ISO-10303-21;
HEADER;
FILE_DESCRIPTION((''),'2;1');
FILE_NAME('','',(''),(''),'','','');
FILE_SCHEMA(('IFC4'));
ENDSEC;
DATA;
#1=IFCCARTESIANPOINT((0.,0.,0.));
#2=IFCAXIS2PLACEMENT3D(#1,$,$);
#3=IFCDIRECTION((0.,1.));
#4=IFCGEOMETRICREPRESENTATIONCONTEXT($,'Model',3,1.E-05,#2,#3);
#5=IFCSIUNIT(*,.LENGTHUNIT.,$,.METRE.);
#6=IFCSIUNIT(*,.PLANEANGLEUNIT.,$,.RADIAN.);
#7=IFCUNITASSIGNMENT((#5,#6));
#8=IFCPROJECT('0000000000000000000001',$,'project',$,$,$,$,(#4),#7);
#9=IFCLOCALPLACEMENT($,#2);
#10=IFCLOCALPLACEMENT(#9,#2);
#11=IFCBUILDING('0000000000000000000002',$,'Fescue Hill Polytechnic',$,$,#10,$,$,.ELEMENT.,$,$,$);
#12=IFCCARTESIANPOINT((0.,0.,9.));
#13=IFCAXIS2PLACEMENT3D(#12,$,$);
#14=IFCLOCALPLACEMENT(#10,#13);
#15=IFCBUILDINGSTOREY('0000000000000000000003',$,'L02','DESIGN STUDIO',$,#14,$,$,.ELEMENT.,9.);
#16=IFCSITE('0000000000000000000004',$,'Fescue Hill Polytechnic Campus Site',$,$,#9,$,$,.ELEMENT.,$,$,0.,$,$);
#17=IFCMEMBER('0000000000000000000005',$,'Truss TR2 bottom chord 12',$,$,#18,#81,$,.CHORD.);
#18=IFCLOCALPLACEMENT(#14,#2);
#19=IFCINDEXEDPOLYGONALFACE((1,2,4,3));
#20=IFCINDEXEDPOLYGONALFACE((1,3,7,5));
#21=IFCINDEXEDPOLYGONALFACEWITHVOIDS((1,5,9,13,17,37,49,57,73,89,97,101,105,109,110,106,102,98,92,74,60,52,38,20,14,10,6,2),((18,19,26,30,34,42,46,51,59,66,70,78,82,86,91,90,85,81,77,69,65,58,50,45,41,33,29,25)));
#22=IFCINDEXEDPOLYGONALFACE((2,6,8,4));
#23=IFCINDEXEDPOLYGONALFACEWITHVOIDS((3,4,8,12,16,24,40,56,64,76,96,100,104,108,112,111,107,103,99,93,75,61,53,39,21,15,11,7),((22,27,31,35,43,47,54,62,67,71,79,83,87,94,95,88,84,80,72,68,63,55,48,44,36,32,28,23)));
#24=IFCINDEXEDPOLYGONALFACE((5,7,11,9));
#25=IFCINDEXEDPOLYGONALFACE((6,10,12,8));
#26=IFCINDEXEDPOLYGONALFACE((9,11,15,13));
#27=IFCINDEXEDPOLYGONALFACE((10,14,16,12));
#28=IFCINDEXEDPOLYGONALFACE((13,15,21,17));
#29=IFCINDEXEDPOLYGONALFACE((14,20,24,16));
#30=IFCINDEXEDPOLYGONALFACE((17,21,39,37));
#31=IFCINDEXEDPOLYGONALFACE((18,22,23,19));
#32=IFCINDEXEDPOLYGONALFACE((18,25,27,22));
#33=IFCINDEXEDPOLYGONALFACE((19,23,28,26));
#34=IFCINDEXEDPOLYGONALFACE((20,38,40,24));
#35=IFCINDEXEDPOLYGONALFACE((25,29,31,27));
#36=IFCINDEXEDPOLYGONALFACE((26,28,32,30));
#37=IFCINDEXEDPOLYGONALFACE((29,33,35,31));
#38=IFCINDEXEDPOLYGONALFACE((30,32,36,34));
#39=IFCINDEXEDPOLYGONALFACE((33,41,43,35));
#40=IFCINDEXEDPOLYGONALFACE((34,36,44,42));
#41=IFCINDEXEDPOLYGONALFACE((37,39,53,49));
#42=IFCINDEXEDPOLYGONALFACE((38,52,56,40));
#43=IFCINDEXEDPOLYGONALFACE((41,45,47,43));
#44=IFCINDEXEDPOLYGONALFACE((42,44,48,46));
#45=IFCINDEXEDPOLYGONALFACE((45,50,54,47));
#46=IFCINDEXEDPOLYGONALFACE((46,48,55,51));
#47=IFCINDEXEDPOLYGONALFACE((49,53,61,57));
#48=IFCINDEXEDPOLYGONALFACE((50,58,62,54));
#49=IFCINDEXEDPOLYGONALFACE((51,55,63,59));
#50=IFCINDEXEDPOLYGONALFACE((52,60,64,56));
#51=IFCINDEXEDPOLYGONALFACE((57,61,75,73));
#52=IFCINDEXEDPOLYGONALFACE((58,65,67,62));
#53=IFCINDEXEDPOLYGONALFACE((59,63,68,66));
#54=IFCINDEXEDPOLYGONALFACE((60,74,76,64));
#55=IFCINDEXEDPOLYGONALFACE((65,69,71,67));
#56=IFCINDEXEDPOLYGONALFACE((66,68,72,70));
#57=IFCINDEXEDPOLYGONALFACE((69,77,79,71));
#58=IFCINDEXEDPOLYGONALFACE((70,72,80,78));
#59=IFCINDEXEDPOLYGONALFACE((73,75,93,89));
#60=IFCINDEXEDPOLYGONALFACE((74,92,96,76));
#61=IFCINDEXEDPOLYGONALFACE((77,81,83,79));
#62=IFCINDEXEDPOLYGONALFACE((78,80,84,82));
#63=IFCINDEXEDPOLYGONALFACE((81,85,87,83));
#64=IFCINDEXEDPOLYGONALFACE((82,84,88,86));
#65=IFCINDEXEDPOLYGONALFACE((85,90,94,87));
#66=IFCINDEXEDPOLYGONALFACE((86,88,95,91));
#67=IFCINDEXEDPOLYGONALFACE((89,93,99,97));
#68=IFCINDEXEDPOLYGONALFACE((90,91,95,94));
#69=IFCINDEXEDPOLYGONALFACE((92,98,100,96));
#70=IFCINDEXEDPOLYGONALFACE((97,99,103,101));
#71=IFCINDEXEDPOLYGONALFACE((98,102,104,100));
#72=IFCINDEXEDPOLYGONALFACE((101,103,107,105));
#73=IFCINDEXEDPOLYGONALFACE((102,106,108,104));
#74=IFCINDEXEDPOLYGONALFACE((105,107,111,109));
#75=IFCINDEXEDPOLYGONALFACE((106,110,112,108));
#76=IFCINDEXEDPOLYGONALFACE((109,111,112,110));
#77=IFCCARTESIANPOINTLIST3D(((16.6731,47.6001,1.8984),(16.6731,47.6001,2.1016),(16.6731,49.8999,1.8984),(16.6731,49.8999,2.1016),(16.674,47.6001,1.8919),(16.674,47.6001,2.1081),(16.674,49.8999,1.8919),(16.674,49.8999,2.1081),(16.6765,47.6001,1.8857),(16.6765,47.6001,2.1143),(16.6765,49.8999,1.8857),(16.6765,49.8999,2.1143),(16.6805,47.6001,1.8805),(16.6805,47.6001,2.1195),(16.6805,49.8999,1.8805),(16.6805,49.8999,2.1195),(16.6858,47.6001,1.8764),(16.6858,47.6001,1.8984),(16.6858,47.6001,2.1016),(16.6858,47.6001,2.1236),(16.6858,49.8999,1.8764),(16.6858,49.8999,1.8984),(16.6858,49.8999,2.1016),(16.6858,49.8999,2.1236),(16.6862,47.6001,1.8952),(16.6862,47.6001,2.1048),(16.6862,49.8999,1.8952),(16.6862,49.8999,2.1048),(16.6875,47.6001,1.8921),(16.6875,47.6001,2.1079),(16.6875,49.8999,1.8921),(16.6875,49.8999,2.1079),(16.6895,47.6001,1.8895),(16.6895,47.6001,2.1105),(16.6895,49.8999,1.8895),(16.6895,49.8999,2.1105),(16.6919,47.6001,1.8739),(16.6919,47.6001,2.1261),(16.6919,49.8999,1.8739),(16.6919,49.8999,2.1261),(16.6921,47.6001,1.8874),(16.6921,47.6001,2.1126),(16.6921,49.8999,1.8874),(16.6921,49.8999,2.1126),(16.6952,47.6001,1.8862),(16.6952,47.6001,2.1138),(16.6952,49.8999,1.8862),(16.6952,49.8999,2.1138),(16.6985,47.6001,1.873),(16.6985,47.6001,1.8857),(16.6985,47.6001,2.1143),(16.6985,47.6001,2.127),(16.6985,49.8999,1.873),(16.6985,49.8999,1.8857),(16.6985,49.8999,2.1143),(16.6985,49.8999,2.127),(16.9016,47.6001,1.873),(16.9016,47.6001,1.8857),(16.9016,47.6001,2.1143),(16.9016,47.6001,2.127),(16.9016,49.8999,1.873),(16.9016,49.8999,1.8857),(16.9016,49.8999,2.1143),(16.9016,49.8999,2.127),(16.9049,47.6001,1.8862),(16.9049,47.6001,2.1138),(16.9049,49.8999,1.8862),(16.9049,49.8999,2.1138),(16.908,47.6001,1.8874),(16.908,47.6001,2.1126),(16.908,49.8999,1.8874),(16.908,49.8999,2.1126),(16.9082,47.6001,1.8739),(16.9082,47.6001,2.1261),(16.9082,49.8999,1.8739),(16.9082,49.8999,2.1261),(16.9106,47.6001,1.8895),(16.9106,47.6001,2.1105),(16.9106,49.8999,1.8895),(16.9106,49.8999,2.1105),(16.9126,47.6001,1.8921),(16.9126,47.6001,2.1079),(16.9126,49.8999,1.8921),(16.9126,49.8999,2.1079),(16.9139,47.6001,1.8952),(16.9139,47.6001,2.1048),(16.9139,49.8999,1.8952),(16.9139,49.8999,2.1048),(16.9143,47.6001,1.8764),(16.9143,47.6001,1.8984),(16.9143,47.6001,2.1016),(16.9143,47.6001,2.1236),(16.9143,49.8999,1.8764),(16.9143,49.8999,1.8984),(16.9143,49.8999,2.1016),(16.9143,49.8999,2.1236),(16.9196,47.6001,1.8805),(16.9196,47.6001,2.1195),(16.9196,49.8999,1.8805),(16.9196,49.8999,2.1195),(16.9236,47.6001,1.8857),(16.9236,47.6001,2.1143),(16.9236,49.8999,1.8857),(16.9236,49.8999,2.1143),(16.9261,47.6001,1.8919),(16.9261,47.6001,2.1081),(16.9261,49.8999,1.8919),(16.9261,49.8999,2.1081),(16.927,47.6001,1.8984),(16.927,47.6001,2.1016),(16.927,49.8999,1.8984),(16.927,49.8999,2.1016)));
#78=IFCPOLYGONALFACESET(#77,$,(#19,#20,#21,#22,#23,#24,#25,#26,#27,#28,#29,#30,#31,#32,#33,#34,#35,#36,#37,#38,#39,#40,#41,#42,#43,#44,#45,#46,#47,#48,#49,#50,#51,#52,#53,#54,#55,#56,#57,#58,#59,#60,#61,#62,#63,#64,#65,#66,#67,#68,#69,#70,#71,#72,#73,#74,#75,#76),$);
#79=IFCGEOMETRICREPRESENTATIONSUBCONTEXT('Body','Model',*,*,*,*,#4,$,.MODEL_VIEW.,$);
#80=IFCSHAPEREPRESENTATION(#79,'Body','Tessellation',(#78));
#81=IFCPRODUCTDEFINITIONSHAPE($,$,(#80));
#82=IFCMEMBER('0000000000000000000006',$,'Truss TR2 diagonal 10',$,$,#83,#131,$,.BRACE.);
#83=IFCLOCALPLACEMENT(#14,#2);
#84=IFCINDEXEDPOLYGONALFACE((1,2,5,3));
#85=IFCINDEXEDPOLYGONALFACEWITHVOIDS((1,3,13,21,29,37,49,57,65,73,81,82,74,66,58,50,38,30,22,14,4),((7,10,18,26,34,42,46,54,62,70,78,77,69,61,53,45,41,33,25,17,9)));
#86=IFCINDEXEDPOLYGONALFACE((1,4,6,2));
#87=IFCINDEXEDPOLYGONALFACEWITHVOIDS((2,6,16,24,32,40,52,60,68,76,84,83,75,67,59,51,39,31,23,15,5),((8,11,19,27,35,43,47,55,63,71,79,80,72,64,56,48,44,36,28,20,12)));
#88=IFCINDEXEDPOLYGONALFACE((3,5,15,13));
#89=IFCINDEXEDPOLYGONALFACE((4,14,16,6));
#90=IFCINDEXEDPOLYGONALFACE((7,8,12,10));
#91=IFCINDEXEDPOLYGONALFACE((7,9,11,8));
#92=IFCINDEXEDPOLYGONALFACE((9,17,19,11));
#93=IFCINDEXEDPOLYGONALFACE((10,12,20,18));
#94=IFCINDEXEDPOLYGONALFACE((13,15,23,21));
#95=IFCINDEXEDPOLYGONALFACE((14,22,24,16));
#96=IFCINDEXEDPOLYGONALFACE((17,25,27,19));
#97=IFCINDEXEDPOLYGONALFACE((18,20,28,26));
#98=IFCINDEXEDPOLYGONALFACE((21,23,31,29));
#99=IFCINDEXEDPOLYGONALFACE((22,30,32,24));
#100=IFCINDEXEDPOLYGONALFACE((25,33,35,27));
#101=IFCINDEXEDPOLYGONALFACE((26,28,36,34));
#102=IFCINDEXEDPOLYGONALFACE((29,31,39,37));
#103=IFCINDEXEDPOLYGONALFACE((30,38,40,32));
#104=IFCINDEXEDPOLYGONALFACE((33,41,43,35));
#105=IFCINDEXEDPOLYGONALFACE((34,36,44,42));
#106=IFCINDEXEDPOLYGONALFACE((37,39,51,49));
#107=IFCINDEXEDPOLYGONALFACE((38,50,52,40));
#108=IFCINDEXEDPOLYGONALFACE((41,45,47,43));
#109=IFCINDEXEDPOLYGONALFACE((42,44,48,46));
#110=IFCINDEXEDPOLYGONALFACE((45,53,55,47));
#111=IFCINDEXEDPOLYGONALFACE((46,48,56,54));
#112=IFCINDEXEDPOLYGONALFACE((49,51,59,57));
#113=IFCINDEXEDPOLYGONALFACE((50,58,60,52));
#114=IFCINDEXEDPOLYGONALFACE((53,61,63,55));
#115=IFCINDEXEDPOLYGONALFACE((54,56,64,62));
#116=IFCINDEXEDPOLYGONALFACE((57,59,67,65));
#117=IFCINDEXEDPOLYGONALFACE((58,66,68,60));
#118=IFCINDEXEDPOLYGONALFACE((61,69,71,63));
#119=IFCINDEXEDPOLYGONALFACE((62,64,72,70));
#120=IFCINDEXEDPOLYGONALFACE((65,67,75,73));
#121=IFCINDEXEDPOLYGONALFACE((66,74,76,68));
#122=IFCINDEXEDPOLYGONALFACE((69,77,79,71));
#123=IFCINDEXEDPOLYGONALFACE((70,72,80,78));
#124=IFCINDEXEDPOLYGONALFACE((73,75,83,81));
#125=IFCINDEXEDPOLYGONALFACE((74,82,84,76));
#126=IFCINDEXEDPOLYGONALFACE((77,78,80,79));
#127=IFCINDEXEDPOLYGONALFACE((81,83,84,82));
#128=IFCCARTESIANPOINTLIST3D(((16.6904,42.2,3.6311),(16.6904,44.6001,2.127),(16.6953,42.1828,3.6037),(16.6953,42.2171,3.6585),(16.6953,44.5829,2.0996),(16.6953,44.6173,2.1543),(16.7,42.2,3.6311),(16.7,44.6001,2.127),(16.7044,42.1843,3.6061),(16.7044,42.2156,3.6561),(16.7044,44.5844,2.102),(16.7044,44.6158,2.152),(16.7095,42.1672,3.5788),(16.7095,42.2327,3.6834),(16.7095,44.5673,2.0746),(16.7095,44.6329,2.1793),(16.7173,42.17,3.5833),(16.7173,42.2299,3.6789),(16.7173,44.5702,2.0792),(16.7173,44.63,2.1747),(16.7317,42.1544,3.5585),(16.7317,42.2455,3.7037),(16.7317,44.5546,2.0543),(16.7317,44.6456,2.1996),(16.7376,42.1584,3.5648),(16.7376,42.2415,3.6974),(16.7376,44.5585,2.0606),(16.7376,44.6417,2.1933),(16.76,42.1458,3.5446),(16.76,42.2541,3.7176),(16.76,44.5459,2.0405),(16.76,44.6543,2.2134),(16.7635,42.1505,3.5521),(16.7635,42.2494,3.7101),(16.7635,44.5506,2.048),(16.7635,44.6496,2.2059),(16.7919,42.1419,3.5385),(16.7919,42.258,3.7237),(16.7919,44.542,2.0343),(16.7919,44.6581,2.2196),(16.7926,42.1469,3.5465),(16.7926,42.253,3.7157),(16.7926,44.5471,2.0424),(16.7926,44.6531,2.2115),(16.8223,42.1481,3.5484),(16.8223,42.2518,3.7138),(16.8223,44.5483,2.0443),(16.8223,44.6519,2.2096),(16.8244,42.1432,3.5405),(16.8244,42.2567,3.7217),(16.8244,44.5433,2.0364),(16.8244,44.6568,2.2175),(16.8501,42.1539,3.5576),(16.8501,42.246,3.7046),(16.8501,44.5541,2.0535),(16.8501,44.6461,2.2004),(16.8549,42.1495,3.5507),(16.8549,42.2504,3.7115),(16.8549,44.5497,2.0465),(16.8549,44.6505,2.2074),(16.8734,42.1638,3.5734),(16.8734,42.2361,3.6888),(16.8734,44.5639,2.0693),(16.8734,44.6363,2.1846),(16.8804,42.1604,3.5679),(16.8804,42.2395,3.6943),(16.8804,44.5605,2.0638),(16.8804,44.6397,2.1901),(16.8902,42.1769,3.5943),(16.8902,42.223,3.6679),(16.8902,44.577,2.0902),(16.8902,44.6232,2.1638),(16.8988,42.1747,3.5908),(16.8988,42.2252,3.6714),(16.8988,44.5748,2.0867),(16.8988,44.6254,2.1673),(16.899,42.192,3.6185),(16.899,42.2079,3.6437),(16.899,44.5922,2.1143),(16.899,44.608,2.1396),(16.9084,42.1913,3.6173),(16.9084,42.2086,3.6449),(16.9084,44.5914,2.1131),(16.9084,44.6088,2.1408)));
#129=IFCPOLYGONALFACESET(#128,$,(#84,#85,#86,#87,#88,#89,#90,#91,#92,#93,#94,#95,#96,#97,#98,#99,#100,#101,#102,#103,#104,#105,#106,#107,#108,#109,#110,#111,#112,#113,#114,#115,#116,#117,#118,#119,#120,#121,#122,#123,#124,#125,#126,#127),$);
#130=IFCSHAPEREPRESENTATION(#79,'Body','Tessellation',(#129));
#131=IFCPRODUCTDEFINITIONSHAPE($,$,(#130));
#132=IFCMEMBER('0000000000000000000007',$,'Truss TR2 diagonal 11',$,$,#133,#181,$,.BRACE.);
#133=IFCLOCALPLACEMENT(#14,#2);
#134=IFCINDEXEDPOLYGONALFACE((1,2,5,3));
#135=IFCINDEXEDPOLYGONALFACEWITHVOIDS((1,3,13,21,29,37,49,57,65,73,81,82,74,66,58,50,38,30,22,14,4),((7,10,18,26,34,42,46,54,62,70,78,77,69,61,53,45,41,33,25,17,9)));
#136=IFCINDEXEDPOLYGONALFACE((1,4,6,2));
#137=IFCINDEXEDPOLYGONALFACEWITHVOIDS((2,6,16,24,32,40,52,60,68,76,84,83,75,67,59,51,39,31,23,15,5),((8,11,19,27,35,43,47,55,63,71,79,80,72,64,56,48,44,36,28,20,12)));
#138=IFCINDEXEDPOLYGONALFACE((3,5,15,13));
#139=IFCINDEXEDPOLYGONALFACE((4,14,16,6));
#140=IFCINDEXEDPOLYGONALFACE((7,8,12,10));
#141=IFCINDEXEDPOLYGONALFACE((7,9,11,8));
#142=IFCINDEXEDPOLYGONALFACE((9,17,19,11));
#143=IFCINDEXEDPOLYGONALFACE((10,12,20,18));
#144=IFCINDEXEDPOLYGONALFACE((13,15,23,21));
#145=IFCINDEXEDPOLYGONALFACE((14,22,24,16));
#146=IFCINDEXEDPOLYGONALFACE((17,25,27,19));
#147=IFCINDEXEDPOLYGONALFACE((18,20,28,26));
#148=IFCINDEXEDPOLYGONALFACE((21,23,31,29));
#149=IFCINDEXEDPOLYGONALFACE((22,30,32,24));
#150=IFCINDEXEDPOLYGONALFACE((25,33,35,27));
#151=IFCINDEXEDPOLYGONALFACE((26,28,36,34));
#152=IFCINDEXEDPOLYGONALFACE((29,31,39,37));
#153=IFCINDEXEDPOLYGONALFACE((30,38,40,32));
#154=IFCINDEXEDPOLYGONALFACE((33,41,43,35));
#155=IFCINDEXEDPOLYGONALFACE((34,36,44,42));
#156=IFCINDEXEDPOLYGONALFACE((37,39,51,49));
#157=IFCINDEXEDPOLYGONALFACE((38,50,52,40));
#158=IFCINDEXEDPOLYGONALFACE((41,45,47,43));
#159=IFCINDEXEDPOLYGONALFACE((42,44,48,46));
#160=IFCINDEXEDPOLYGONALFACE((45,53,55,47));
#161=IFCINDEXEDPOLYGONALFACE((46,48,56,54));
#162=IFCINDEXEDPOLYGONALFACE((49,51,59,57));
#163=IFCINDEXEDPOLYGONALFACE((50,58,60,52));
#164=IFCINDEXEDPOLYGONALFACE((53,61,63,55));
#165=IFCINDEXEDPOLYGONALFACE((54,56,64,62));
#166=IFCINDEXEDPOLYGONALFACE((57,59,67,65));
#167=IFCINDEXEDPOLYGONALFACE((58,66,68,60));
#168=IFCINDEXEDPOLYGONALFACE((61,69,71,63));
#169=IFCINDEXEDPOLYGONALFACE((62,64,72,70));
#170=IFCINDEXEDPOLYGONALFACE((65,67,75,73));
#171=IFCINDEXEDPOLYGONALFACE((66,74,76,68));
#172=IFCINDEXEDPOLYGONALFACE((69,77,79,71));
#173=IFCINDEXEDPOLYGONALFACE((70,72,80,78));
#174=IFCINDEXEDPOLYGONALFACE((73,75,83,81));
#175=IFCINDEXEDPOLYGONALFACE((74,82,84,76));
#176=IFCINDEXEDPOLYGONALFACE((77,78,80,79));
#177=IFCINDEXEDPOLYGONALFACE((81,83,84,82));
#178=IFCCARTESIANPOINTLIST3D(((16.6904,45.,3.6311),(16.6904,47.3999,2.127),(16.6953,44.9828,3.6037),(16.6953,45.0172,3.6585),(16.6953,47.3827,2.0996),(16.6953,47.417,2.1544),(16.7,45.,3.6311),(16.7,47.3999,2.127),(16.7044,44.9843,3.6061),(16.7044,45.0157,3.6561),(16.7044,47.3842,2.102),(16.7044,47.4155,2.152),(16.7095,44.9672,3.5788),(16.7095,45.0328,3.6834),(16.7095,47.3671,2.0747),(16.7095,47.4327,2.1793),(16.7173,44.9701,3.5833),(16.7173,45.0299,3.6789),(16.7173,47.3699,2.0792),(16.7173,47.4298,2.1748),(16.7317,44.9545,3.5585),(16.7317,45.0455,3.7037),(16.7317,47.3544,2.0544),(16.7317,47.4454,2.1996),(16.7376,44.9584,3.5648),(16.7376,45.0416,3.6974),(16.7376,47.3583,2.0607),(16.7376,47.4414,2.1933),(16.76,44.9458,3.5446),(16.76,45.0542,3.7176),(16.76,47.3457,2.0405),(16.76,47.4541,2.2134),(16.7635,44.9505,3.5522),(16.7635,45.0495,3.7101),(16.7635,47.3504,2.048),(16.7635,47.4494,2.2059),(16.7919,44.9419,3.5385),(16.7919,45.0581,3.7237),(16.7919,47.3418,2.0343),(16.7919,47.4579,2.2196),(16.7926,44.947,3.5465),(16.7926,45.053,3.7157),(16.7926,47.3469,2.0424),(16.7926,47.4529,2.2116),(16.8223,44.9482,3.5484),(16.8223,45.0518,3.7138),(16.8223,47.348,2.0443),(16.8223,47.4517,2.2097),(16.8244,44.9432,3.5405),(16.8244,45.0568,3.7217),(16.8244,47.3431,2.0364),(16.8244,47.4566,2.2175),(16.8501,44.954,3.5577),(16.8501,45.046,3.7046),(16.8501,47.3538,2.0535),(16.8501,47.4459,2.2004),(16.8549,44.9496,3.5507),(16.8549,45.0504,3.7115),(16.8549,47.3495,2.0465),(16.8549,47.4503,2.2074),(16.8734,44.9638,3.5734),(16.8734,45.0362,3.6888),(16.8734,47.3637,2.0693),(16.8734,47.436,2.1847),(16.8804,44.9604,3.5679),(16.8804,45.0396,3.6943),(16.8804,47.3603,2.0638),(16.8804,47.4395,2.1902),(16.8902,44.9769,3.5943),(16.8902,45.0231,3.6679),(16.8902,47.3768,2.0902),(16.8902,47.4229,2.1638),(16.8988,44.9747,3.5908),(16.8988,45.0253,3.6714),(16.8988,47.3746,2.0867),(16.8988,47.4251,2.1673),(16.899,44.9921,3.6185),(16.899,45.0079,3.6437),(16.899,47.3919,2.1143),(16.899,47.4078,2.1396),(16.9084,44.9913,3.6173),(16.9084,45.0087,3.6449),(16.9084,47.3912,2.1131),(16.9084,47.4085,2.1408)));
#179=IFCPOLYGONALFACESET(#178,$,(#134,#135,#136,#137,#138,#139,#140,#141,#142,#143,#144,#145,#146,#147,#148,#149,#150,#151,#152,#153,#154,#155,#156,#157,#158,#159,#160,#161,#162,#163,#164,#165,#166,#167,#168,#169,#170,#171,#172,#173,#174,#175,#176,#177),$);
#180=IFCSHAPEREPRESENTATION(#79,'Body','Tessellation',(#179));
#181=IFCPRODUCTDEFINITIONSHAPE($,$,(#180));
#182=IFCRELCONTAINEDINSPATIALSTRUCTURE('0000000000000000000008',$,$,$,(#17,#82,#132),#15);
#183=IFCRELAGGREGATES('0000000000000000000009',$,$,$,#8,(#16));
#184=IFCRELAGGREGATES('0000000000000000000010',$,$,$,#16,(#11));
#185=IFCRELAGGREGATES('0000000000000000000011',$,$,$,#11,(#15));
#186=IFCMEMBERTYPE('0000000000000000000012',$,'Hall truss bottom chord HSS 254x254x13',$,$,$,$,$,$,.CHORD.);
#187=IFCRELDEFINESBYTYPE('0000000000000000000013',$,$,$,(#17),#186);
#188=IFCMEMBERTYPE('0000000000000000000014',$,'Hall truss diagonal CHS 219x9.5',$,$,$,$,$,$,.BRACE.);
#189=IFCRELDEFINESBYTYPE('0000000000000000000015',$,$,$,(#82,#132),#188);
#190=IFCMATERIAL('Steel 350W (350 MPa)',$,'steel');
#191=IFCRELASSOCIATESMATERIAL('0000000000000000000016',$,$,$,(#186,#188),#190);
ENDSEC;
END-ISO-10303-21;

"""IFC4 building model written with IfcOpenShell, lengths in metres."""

from ifc_helpers import new_model, si_unit, direction, frame, origin, origin_2d, place, context, subcontext, project, spatial, hollow_rectangle, hollow_circle, extrude, material, material_profile, profile_set, type_object, element, save


model = new_model("IFC4")

# Units and contexts
model_context = context("Model", 3, precision=1e-05, world=origin(), true_north=direction((0.0, 1.0)))
body_context = subcontext(model_context, "Body", "Model", "MODEL_VIEW")
ifc_project = project(units=[si_unit("LENGTHUNIT", "METRE"), si_unit("PLANEANGLEUNIT", "RADIAN")], contexts=[model_context])

# Site, building, storey
site_placement = place(None, origin())
site = spatial("IfcSite", under=ifc_project, at=site_placement, Name="Fescue Hill Polytechnic Campus Site", CompositionType="ELEMENT", RefElevation=0.0)
building_placement = place(site_placement, origin())
building = spatial("IfcBuilding", under=site, at=building_placement, Name="Fescue Hill Polytechnic", CompositionType="ELEMENT")
storey_placement = place(building_placement, frame((0.0, 0.0, 9.0)))
storey = spatial("IfcBuildingStorey", under=building, at=storey_placement, Name="L02", Description="DESIGN STUDIO", CompositionType="ELEMENT", Elevation=9.0)

# Members
ifc_material_1 = material(Name="Steel 350W (350 MPa)", Category="steel")
ifc_material_profile_1 = material_profile(ifc_material_1, hollow_rectangle(XDim=0.2539, YDim=0.2539, WallThickness=0.0127, InnerFilletRadius=0.0127, OuterFilletRadius=0.0254, at=origin_2d()), Name="Hall truss bottom chord HSS 254x254x13")
ifc_profile_set_1 = profile_set([ifc_material_profile_1], Name="Steel 350W (350 MPa)")
member_type_1 = type_object("IfcMemberType", Name="Hall truss bottom chord HSS 254x254x13", PredefinedType="CHORD", material=ifc_profile_set_1)
member_1_placement = place(storey_placement, frame((16.8, 47.6001, 2.0), z_axis=(0.0, 1.0, 0.0), x_axis=(-1.0, 0.0, 0.0)))
element("IfcMember", 1, at=member_1_placement, inside=storey, type_object=member_type_1, Name="Truss TR2 bottom chord 12", PredefinedType="CHORD", context=body_context, shape_type="SweptSolid", body=[
    extrude(hollow_rectangle(XDim=0.2539, YDim=0.2539, WallThickness=0.0127, InnerFilletRadius=0.0127, OuterFilletRadius=0.0254, at=origin_2d()), origin(), (0.0, 0.0, 1.0), 2.2998),
])
ifc_material_profile_2 = material_profile(ifc_material_1, hollow_circle(Radius=0.1096, WallThickness=0.0095, at=origin_2d()), Name="Hall truss diagonal CHS 219x9.5")
ifc_profile_set_2 = profile_set([ifc_material_profile_2], Name="Steel 350W (350 MPa)")
member_type_2 = type_object("IfcMemberType", Name="Hall truss diagonal CHS 219x9.5", PredefinedType="BRACE", material=ifc_profile_set_2)
member_2_placement = place(storey_placement, frame((16.8, 42.2, 3.6311), z_axis=(0.0, 0.847354, -0.531029), x_axis=(-1.0, 0.0, 0.0)))
element("IfcMember", 2, at=member_2_placement, inside=storey, type_object=member_type_2, Name="Truss TR2 diagonal 10", PredefinedType="BRACE", context=body_context, shape_type="SweptSolid", body=[
    extrude(hollow_circle(Radius=0.1096, WallThickness=0.0095, at=origin_2d()), origin(), (0.0, 0.0, 1.0), 2.8325),
])
member_3_placement = place(storey_placement, frame((16.8, 45.0, 3.6311), z_axis=(0.0, 0.847329, -0.531068), x_axis=(-1.0, 0.0, 0.0)))
element("IfcMember", 3, at=member_3_placement, inside=storey, type_object=member_type_2, Name="Truss TR2 diagonal 11", PredefinedType="BRACE", context=body_context, shape_type="SweptSolid", body=[
    extrude(hollow_circle(Radius=0.1096, WallThickness=0.0095, at=origin_2d()), origin(), (0.0, 0.0, 1.0), 2.8323),
])

save(model, "model.ifc")
